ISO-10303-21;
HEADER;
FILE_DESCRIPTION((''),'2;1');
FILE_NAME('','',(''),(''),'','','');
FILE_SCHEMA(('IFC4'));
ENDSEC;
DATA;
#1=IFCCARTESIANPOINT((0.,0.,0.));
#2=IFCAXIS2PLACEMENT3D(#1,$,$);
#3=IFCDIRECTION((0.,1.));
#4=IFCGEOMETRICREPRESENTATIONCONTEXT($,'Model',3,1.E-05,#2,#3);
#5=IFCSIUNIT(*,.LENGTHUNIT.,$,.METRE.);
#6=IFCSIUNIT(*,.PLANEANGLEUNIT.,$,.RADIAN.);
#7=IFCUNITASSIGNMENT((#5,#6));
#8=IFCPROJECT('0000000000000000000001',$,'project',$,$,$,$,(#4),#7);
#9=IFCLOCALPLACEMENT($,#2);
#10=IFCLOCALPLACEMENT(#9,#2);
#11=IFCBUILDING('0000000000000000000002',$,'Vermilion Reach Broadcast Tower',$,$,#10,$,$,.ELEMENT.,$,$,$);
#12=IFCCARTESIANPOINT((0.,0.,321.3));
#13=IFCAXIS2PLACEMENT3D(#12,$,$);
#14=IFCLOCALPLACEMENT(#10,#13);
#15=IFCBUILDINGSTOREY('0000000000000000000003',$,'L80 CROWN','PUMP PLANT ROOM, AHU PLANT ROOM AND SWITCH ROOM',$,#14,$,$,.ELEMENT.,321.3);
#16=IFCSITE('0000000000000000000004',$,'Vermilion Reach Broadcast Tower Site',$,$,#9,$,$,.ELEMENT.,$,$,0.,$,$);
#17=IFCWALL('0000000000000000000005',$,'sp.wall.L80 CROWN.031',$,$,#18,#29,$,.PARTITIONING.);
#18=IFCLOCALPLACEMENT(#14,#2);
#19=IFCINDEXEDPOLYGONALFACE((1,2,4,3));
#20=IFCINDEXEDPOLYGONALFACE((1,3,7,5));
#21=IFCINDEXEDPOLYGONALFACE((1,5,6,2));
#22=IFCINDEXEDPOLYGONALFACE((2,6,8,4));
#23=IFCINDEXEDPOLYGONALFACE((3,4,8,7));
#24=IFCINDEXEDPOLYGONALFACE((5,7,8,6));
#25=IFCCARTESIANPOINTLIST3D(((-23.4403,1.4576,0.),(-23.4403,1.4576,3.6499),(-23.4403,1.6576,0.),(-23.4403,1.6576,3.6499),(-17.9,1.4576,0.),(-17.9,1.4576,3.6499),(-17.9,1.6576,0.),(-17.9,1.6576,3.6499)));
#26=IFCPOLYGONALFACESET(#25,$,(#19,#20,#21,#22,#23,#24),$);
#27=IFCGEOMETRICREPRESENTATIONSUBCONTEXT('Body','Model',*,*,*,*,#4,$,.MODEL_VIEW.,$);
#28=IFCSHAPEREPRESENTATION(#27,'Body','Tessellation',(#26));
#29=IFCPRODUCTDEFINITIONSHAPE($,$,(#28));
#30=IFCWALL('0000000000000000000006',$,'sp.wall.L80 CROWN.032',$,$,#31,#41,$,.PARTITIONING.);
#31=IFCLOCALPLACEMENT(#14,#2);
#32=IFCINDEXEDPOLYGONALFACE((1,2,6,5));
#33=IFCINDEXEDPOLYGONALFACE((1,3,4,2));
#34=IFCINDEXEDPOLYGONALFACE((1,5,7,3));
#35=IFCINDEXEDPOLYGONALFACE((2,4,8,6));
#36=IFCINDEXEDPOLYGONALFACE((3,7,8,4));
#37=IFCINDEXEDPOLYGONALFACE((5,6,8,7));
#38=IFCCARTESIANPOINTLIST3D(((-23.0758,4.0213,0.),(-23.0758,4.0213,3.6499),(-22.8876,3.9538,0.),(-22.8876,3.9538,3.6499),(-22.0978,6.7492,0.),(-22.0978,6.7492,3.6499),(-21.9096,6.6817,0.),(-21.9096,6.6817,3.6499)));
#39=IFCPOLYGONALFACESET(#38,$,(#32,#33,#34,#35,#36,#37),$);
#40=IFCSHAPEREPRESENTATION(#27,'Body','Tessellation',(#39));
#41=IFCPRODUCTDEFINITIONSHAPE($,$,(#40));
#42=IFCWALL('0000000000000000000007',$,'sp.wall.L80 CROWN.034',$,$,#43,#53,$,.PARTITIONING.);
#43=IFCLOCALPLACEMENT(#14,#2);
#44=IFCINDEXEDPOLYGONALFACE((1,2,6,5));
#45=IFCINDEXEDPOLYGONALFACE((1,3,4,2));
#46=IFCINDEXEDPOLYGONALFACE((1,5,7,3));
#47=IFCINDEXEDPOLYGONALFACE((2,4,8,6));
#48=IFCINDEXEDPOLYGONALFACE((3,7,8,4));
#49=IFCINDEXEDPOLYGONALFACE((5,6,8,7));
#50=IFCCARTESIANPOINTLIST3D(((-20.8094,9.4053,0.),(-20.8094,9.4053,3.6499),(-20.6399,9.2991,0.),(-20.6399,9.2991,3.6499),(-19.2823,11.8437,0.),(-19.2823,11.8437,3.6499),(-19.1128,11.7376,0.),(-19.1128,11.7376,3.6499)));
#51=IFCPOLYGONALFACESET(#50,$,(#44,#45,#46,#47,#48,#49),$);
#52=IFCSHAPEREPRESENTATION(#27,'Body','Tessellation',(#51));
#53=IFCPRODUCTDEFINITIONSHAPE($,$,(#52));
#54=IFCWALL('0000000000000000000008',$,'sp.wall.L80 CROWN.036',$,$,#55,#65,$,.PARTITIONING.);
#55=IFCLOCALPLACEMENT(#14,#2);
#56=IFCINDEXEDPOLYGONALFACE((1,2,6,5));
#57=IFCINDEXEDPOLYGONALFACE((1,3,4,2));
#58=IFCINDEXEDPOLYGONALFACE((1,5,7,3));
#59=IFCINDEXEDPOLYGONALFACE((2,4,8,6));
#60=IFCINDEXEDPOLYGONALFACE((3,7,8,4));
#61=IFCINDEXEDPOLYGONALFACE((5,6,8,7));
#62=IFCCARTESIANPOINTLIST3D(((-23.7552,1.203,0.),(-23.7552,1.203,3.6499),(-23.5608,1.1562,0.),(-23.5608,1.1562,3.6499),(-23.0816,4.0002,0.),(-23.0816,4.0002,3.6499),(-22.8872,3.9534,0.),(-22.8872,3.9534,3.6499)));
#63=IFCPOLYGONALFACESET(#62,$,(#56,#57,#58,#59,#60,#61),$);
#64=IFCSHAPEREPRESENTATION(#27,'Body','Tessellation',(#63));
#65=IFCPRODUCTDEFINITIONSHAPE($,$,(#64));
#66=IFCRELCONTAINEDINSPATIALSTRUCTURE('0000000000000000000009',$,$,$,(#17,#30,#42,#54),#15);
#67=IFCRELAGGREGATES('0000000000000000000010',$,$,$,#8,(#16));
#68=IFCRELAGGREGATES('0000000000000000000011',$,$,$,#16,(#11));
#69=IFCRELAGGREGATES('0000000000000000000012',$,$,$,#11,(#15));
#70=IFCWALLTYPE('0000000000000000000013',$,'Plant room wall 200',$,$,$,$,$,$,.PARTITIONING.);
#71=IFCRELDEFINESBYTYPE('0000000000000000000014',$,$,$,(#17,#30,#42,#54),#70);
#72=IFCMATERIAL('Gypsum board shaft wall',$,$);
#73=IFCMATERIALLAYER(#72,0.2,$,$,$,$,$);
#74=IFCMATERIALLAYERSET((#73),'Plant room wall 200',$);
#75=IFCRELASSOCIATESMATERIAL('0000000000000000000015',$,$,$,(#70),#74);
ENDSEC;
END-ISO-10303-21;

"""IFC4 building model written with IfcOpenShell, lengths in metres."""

from ifc_helpers import new_model, si_unit, direction, frame, frame_2d, origin, place, context, subcontext, project, spatial, rectangle, extrude, material, layer, layer_set, type_object, element, save


model = new_model("IFC4")

# Units and contexts
model_context = context("Model", 3, precision=1e-05, world=origin(), true_north=direction((0.0, 1.0)))
body_context = subcontext(model_context, "Body", "Model", "MODEL_VIEW")
ifc_project = project(units=[si_unit("LENGTHUNIT", "METRE"), si_unit("PLANEANGLEUNIT", "RADIAN")], contexts=[model_context])

# Site, building, storey
site_placement = place(None, origin())
site = spatial("IfcSite", under=ifc_project, at=site_placement, Name="Vermilion Reach Broadcast Tower Site", CompositionType="ELEMENT", RefElevation=0.0)
building_placement = place(site_placement, origin())
building = spatial("IfcBuilding", under=site, at=building_placement, Name="Vermilion Reach Broadcast Tower", CompositionType="ELEMENT")
storey_placement = place(building_placement, frame((0.0, 0.0, 321.3)))
storey = spatial("IfcBuildingStorey", under=building, at=storey_placement, Name="L80 CROWN", Description="PUMP PLANT ROOM, AHU PLANT ROOM AND SWITCH ROOM", CompositionType="ELEMENT", Elevation=321.3)

# Walls
ifc_material_1 = material(Name="Gypsum board shaft wall")
ifc_layer_1 = layer(ifc_material_1, 0.2)
ifc_layer_set_1 = layer_set([ifc_layer_1], Name="Plant room wall 200")
wall_type = type_object("IfcWallType", Name="Plant room wall 200", PredefinedType="PARTITIONING", material=ifc_layer_set_1)
wall_1_placement = place(storey_placement, frame((-23.4402, 1.5576, 0.0), z_axis=(0.0, 0.0, 1.0), x_axis=(1.0, 0.0, 0.0)))
element("IfcWall", 1, at=wall_1_placement, inside=storey, type_object=wall_type, Name="sp.wall.L80 CROWN.031", PredefinedType="PARTITIONING", context=body_context, shape_type="SweptSolid", body=[
    extrude(rectangle(XDim=5.5403, YDim=0.2, at=frame_2d((2.77, 0.0))), origin(), (0.0, 0.0, 1.0), 3.6499),
])
wall_2_placement = place(storey_placement, frame((-22.9817, 3.9875, 0.0), z_axis=(0.0, 0.0, 1.0), x_axis=(0.337478, 0.941333, 0.0)))
element("IfcWall", 2, at=wall_2_placement, inside=storey, type_object=wall_type, Name="sp.wall.L80 CROWN.032", PredefinedType="PARTITIONING", context=body_context, shape_type="SweptSolid", body=[
    extrude(rectangle(XDim=2.8979, YDim=0.2, at=frame_2d((1.449, 0.0))), origin(), (0.0, 0.0, 1.0), 3.6499),
])

# Walls
for number, where, z_axis, x_axis, name in (
    (3, (-20.7246, 9.3523, 0.0), (0.0, 0.0, 1.0), (0.530761, 0.847521, 0.0), "sp.wall.L80 CROWN.034"),
    (4, (-23.658, 1.1797, 0.0), (0.0, 0.0, 1.0), (0.234121, 0.972208, 0.0), "sp.wall.L80 CROWN.036"),
):
    element("IfcWall", number, at=place(storey_placement, frame(where, z_axis=z_axis, x_axis=x_axis)), inside=storey, type_object=wall_type, Name=name, PredefinedType="PARTITIONING", context=body_context, shape_type="SweptSolid", body=[
        extrude(rectangle(XDim=2.8772, YDim=0.2, at=frame_2d((1.4385, 0.0))), origin(), (0.0, 0.0, 1.0), 3.6499),
    ])

save(model, "model.ifc")
